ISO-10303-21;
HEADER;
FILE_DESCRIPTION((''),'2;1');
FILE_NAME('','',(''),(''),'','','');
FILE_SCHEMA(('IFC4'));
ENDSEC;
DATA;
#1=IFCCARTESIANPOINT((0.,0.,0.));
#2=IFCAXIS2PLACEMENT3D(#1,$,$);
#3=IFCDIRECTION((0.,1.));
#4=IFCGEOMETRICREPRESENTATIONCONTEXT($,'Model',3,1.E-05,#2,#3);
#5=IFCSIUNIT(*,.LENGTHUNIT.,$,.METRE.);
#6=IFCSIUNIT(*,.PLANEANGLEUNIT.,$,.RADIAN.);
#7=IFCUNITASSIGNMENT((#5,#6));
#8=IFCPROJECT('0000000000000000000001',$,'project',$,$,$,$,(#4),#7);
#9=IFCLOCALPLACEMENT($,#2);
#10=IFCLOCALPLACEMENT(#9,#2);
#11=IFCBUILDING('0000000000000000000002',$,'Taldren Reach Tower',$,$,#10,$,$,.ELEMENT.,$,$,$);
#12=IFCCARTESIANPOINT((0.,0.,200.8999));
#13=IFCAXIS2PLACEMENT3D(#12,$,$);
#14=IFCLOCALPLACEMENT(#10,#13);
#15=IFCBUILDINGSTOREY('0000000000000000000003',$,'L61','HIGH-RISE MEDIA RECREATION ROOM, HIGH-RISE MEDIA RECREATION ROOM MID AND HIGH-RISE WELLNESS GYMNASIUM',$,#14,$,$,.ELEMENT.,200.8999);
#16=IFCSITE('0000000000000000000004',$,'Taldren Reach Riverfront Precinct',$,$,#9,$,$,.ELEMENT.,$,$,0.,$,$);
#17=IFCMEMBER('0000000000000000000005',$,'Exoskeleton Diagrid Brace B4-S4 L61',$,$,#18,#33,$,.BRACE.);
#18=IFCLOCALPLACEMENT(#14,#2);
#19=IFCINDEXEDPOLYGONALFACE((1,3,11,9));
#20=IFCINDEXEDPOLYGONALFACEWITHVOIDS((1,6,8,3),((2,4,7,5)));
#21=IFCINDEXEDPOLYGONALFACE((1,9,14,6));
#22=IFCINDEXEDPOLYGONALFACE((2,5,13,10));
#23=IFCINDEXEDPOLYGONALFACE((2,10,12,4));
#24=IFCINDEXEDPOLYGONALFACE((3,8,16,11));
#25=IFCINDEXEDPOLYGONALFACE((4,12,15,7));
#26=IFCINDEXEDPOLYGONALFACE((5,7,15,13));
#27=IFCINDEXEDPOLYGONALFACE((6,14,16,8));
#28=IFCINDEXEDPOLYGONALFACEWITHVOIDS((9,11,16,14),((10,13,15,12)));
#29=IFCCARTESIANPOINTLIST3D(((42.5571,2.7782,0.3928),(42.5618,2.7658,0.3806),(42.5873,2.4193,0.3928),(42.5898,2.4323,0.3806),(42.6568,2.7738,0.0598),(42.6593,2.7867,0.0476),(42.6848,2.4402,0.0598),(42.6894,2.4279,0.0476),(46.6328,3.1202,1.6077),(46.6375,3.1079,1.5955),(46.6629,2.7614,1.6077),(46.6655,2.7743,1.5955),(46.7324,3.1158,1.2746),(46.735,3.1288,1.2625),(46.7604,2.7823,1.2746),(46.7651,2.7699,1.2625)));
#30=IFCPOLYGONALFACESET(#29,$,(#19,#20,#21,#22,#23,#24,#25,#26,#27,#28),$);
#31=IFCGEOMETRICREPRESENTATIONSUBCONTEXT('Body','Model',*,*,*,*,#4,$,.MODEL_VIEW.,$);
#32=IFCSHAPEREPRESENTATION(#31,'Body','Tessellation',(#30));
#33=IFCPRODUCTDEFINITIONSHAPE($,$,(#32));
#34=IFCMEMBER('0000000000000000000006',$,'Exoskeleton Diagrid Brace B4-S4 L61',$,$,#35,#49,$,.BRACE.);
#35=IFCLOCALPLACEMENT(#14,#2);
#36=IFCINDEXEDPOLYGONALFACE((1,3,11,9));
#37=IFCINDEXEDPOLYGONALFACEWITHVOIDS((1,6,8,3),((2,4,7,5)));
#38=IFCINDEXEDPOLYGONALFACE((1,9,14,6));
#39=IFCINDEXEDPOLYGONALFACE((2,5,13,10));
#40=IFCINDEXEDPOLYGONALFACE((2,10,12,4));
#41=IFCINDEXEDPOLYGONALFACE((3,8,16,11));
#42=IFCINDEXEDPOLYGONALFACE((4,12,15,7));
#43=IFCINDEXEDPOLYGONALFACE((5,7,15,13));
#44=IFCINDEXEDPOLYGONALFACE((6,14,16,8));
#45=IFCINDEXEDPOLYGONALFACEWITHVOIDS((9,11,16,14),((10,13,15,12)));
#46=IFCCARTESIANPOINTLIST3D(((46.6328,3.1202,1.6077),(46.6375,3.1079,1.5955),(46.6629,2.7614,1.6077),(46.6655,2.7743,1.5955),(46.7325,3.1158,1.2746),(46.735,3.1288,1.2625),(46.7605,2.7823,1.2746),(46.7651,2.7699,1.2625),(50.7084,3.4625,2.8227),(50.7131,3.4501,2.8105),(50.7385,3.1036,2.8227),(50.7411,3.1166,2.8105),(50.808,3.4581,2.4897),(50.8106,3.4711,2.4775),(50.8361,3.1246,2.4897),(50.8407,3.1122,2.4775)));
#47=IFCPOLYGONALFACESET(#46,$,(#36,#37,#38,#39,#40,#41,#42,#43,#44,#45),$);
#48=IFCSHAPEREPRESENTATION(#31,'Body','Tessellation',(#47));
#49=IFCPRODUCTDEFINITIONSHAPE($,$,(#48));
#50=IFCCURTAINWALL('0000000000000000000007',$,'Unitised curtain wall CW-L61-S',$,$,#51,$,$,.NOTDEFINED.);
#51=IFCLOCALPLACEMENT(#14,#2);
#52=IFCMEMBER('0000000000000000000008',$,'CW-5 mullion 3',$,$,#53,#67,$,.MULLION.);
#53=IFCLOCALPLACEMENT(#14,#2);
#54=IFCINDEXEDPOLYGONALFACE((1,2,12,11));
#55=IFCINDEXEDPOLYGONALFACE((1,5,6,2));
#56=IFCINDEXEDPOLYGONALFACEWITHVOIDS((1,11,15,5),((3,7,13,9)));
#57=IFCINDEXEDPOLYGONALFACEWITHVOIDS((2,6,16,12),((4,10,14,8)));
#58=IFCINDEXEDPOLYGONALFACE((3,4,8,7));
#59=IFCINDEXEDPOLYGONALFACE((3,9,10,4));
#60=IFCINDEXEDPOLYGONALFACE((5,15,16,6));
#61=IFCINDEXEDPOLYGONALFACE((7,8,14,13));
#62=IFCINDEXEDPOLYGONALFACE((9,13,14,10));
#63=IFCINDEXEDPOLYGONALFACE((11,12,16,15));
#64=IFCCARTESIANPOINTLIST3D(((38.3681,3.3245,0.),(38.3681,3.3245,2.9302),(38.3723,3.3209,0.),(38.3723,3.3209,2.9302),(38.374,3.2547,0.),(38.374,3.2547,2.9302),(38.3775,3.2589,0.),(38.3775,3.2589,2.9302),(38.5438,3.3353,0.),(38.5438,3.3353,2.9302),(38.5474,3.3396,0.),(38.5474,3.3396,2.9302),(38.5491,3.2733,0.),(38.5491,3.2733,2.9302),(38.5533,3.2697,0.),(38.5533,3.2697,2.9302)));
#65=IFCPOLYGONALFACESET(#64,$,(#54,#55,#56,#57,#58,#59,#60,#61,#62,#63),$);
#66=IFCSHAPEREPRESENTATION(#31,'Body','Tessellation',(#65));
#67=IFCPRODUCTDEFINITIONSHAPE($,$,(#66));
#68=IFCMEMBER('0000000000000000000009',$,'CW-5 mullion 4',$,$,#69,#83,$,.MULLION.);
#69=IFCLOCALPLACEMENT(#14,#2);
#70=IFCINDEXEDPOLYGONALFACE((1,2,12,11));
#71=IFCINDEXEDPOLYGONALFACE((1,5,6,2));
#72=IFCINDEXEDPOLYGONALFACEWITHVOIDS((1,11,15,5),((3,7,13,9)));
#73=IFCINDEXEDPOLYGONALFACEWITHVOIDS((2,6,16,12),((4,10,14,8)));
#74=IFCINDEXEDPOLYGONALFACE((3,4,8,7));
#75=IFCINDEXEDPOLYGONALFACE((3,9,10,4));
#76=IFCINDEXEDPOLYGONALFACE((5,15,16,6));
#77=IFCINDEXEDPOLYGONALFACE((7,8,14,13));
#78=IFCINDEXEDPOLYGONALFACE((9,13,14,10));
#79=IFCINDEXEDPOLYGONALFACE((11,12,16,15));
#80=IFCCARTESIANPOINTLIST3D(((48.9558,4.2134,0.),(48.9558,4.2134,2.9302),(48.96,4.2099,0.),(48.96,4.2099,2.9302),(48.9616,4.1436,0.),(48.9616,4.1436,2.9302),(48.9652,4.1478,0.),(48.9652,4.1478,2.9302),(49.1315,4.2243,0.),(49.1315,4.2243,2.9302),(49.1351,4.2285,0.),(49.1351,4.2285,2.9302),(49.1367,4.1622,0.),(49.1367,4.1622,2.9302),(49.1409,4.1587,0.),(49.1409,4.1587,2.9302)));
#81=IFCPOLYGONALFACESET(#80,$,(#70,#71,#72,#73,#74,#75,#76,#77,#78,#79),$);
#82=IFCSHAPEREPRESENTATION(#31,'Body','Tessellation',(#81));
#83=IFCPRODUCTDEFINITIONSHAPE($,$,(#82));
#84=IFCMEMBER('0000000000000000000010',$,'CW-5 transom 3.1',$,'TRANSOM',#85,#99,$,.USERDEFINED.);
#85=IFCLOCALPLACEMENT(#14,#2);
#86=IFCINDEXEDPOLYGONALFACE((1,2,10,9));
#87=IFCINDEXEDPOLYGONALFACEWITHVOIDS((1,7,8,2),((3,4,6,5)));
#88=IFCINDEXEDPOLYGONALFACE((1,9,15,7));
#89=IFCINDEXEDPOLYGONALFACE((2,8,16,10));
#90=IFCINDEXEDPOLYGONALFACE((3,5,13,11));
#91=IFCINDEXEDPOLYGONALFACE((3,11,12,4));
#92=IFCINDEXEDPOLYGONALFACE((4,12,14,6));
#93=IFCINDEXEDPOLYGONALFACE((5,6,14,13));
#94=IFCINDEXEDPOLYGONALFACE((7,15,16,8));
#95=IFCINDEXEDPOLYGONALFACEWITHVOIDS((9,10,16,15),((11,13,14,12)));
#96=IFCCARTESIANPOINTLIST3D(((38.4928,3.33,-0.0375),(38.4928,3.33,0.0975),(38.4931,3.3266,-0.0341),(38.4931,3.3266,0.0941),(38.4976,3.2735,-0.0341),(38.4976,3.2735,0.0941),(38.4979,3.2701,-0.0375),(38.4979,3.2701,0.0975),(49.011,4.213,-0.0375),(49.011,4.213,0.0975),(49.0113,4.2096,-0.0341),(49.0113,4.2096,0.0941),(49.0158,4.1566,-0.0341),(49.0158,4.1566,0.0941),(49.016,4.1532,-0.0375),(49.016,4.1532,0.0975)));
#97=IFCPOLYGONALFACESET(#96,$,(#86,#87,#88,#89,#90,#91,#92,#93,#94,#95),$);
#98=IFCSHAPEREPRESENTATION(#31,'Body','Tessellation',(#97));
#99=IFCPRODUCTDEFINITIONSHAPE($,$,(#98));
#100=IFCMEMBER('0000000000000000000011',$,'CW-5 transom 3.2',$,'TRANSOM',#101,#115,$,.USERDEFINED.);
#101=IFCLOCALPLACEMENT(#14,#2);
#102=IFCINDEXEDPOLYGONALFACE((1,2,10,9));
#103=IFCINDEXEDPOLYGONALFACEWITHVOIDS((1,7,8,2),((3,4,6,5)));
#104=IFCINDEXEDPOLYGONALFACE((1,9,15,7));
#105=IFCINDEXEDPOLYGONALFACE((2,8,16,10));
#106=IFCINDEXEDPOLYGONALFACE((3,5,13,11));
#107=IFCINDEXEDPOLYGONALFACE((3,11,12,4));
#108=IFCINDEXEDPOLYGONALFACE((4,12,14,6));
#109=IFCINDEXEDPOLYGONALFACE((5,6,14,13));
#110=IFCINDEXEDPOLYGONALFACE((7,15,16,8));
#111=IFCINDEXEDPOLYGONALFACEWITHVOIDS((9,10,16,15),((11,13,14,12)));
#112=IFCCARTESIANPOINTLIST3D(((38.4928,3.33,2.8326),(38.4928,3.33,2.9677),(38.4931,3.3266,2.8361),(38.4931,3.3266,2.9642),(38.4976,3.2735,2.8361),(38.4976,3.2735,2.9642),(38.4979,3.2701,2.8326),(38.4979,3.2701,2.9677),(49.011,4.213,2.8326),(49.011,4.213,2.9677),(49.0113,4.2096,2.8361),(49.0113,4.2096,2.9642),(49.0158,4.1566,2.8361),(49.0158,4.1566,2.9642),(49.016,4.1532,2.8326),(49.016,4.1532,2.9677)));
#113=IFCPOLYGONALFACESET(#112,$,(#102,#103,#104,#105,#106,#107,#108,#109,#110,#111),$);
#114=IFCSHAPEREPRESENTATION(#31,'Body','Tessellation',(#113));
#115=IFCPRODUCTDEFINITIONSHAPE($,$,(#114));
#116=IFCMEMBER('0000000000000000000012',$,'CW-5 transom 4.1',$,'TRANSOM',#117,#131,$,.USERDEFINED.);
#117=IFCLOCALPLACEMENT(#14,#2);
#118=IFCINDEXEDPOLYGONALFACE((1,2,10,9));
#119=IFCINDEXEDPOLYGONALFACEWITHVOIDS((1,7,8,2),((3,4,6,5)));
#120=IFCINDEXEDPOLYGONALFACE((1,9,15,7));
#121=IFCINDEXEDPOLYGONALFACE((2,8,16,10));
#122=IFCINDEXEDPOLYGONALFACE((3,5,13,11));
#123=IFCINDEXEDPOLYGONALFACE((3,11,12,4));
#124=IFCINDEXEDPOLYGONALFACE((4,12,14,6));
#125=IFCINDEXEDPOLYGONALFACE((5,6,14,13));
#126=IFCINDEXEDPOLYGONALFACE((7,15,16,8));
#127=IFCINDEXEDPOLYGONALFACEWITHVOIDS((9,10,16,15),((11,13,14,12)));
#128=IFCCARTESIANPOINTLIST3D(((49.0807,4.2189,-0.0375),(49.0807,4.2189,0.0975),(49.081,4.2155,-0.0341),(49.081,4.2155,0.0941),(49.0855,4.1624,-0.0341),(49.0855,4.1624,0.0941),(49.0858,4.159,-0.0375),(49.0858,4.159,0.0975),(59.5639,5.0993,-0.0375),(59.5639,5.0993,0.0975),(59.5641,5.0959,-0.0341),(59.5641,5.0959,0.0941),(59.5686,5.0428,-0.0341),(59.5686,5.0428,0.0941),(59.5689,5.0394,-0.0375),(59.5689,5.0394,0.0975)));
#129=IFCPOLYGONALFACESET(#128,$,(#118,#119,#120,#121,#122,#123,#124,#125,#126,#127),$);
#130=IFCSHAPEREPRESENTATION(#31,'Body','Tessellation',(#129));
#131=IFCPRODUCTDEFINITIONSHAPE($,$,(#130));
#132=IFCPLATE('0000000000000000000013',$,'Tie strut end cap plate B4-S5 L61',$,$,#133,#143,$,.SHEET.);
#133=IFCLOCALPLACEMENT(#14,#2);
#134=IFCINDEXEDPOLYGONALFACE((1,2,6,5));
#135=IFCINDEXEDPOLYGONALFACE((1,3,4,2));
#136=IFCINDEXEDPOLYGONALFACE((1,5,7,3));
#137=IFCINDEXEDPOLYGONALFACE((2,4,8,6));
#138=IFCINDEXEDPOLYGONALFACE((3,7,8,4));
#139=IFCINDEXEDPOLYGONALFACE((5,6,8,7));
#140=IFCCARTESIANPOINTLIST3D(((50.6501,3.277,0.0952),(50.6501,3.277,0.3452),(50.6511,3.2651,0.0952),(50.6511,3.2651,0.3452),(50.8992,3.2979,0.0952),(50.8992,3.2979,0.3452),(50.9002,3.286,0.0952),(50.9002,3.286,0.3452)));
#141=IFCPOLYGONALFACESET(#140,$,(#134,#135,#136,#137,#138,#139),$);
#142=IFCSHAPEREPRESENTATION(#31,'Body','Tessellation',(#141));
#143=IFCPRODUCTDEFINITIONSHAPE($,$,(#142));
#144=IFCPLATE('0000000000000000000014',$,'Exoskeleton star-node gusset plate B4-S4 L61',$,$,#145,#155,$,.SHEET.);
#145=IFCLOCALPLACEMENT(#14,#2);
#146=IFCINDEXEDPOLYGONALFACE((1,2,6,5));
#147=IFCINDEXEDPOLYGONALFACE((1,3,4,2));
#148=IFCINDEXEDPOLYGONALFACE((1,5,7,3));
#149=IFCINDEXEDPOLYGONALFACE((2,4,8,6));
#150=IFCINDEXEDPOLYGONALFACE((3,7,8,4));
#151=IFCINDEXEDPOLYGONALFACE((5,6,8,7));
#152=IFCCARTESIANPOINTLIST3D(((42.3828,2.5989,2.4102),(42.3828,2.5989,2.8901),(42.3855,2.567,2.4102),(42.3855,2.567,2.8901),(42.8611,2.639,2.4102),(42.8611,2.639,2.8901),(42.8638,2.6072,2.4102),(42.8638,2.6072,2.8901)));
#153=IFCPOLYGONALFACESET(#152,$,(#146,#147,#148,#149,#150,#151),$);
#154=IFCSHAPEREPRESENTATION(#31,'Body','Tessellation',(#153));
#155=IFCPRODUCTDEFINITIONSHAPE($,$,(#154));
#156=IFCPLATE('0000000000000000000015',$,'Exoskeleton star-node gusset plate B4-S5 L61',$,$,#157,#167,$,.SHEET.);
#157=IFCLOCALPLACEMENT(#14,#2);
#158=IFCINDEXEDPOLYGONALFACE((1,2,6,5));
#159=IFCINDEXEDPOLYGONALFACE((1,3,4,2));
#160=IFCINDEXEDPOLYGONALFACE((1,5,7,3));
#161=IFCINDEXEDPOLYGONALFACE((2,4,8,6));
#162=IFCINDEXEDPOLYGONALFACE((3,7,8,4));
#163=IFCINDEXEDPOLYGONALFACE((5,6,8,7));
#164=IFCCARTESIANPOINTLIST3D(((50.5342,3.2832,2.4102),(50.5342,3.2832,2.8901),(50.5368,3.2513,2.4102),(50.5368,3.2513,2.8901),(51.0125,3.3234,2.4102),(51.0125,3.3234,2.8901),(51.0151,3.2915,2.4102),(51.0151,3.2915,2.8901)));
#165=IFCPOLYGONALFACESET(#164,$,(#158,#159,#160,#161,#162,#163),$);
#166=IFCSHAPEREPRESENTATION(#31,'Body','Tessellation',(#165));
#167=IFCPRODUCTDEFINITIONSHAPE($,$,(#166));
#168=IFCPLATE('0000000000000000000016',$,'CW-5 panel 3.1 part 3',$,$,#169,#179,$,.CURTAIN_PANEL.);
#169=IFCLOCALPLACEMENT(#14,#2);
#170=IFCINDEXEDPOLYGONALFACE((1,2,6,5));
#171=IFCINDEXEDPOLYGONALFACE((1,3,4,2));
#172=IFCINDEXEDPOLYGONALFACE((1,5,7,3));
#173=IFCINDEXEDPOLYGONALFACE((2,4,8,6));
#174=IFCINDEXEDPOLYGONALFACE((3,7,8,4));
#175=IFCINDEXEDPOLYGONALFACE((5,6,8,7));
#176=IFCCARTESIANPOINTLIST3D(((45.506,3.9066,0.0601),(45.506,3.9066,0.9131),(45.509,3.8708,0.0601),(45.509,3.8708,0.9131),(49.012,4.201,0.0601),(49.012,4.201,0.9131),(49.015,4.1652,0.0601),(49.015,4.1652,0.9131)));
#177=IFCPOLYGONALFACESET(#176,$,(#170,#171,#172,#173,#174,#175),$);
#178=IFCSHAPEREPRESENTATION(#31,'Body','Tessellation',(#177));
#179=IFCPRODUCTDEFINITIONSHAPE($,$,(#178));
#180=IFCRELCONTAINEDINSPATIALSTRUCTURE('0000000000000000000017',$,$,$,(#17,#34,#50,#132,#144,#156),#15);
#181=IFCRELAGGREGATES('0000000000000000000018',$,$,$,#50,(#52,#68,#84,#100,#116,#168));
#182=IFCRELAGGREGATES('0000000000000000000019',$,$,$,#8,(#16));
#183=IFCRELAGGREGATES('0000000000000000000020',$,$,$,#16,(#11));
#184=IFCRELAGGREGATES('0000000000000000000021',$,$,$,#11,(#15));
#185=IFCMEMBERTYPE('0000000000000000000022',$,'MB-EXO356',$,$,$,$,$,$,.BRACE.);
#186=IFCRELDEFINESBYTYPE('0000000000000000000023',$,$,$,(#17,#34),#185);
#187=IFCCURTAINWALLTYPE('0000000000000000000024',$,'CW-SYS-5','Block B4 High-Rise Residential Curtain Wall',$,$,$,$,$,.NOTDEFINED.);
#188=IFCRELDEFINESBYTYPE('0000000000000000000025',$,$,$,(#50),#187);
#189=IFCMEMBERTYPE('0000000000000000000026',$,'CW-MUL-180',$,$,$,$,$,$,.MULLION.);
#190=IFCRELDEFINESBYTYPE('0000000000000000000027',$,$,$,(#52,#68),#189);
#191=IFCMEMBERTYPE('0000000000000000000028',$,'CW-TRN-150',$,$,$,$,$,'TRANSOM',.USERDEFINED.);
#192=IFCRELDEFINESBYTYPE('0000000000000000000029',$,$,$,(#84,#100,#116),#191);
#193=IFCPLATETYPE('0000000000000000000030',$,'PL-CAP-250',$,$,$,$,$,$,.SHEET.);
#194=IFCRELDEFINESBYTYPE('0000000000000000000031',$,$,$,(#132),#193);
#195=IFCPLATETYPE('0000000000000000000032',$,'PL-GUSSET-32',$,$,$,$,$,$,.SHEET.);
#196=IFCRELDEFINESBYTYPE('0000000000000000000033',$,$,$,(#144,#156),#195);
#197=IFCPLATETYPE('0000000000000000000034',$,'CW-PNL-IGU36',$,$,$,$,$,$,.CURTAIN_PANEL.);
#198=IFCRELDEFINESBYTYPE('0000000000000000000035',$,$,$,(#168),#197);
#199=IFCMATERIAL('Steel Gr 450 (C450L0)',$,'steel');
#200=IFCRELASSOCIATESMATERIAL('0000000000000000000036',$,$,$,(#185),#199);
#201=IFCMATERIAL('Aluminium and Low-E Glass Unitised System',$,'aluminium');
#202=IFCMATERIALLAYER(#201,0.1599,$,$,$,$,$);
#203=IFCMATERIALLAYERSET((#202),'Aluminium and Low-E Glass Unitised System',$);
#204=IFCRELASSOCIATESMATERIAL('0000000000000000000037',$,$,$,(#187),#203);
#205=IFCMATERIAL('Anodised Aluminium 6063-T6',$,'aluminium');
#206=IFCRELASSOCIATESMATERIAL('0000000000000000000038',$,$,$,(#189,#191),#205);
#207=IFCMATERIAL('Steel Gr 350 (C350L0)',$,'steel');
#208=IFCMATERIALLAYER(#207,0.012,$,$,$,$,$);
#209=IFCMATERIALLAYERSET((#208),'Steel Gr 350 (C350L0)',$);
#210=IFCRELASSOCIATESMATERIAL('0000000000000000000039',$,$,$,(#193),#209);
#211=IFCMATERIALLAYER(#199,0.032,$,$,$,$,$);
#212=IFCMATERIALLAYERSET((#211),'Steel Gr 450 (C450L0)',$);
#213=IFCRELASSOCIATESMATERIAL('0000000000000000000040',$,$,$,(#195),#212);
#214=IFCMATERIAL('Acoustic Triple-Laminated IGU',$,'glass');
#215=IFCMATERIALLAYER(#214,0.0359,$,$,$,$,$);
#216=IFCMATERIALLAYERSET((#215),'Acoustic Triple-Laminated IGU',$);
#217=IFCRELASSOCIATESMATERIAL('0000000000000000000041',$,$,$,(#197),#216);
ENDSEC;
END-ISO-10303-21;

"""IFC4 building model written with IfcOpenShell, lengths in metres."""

from ifc_helpers import new_model, si_unit, direction, frame, origin, origin_2d, place, context, subcontext, project, spatial, rectangle, hollow_rectangle, extrude, source, transform, mapped, material, layer, layer_set, material_profile, profile_set, type_object, element, aggregate, save


model = new_model("IFC4")

# Units and contexts
model_context = context("Model", 3, precision=1e-05, world=origin(), true_north=direction((0.0, 1.0)))
body_context = subcontext(model_context, "Body", "Model", "MODEL_VIEW")
ifc_project = project(units=[si_unit("LENGTHUNIT", "METRE"), si_unit("PLANEANGLEUNIT", "RADIAN")], contexts=[model_context])

# Site, building, storey
site_placement = place(None, origin())
site = spatial("IfcSite", under=ifc_project, at=site_placement, Name="Taldren Reach Riverfront Precinct", CompositionType="ELEMENT", RefElevation=0.0)
building_placement = place(site_placement, origin())
building = spatial("IfcBuilding", under=site, at=building_placement, Name="Taldren Reach Tower", CompositionType="ELEMENT")
storey_placement = place(building_placement, frame((0.0, 0.0, 200.8999)))
storey = spatial("IfcBuildingStorey", under=building, at=storey_placement, Name="L61", Description="HIGH-RISE MEDIA RECREATION ROOM, HIGH-RISE MEDIA RECREATION ROOM MID AND HIGH-RISE WELLNESS GYMNASIUM", CompositionType="ELEMENT", Elevation=200.8999)

# Shared definitions
ifc_material_1 = material(Name="Steel Gr 350 (C350L0)", Category="steel")

# Members
ifc_material_2 = material(Name="Steel Gr 450 (C450L0)", Category="steel")
ifc_material_profile_1 = material_profile(ifc_material_2, hollow_rectangle(XDim=0.3601, YDim=0.3601, WallThickness=0.0127, at=origin_2d()), Name="360x360x12.7SHS")
ifc_profile_set_1 = profile_set([ifc_material_profile_1], Name="Steel Gr 450 (C450L0)")
member_type_1 = type_object("IfcMemberType", Name="MB-EXO356", PredefinedType="BRACE", material=ifc_profile_set_1)
shared_shape_1 = source(origin(), body_context, "Body", "SweptSolid", [
    extrude(hollow_rectangle(XDim=0.3601, YDim=0.3601, WallThickness=0.0127, at=origin_2d()), origin(), (0.0, 0.0, 1.0), 4.2666),
])
for number, where, z_axis, x_axis, name in (
    (1, (42.6233, 2.603, 0.2202), (0.955249, 0.080167, 0.284732), (-0.083628, 0.996497, 0.0), "Exoskeleton Diagrid Brace B4-S4 L61"),
    (2, (46.699, 2.9451, 1.4351), (0.955229, 0.080222, 0.284783), (-0.083688, 0.996492, 0.0), "Exoskeleton Diagrid Brace B4-S4 L61"),
):
    element("IfcMember", number, at=place(storey_placement, frame(where, z_axis=z_axis, x_axis=x_axis)), inside=storey, type_object=member_type_1, Name=name, PredefinedType="BRACE", context=body_context, shape_type="MappedRepresentation", body=[
        mapped(shared_shape_1, transform((0.0, 0.0, 0.0), scale=1.0)),
    ])

# Curtain wall, members
ifc_material_3 = material(Name="Aluminium and Low-E Glass Unitised System", Category="aluminium")
ifc_layer_1 = layer(ifc_material_3, 0.1599)
ifc_layer_set_1 = layer_set([ifc_layer_1], Name="Aluminium and Low-E Glass Unitised System")
curtain_wall_type = type_object("IfcCurtainWallType", Name="CW-SYS-5", Description="Block B4 High-Rise Residential Curtain Wall", PredefinedType="NOTDEFINED", material=ifc_layer_set_1)
curtain_wall_placement = place(storey_placement, origin())
curtain_wall = element("IfcCurtainWall", 3, at=curtain_wall_placement, inside=storey, type_object=curtain_wall_type, Name="Unitised curtain wall CW-L61-S", PredefinedType="NOTDEFINED")
ifc_material_4 = material(Name="Anodised Aluminium 6063-T6", Category="aluminium")
ifc_material_profile_2 = material_profile(ifc_material_4, hollow_rectangle(XDim=0.0701, YDim=0.1799, WallThickness=0.0039, at=origin_2d()), Name="ALU-180x70x4RHS")
ifc_profile_set_2 = profile_set([ifc_material_profile_2], Name="Anodised Aluminium 6063-T6")
member_type_2 = type_object("IfcMemberType", Name="CW-MUL-180", PredefinedType="MULLION", material=ifc_profile_set_2)
shared_shape_2 = source(origin(), body_context, "Body", "SweptSolid", [
    extrude(hollow_rectangle(XDim=0.0701, YDim=0.1799, WallThickness=0.0039, at=origin_2d()), origin(), (0.0, 0.0, 1.0), 2.9302),
])
member_1_placement = place(storey_placement, frame((38.4607, 3.2971, 0.0), z_axis=(0.0, 0.0, 1.0), x_axis=(-0.083678, 0.996493, 0.0)))
member_1 = element("IfcMember", 4, at=member_1_placement, type_object=member_type_2, Name="CW-5 mullion 3", PredefinedType="MULLION", context=body_context, shape_type="MappedRepresentation", body=[
    mapped(shared_shape_2, transform((0.0, 0.0, 0.0), scale=1.0)),
])
member_2_placement = place(storey_placement, frame((49.0483, 4.186, 0.0), z_axis=(0.0, 0.0, 1.0), x_axis=(-0.083678, 0.996493, 0.0)))
member_2 = element("IfcMember", 5, at=member_2_placement, type_object=member_type_2, Name="CW-5 mullion 4", PredefinedType="MULLION", context=body_context, shape_type="MappedRepresentation", body=[
    mapped(shared_shape_2, transform((0.0, 0.0, 0.0), scale=1.0)),
])
ifc_material_profile_3 = material_profile(ifc_material_4, hollow_rectangle(XDim=0.0601, YDim=0.135, WallThickness=0.0034, at=origin_2d()), Name="ALU-135x60x3.5RHS")
ifc_profile_set_3 = profile_set([ifc_material_profile_3], Name="Anodised Aluminium 6063-T6")
member_type_3 = type_object("IfcMemberType", Name="CW-TRN-150", ElementType="TRANSOM", PredefinedType="USERDEFINED", material=ifc_profile_set_3)
shared_shape_3 = source(origin(), body_context, "Body", "SweptSolid", [
    extrude(hollow_rectangle(XDim=0.0601, YDim=0.135, WallThickness=0.0034, at=origin_2d()), origin(), (0.0, 0.0, 1.0), 10.5552),
])
member_3_placement = place(storey_placement, frame((38.4954, 3.3, 0.03), z_axis=(0.996494, 0.083662, 0.0), x_axis=(-0.083662, 0.996494, 0.0)))
member_3 = element("IfcMember", 6, at=member_3_placement, type_object=member_type_3, Name="CW-5 transom 3.1", ObjectType="TRANSOM", PredefinedType="USERDEFINED", context=body_context, shape_type="MappedRepresentation", body=[
    mapped(shared_shape_3, transform((0.0, 0.0, 0.0), scale=1.0)),
])
member_4_placement = place(storey_placement, frame((38.4954, 3.3, 2.9001), z_axis=(0.996494, 0.083662, 0.0), x_axis=(-0.083662, 0.996494, 0.0)))
member_4 = element("IfcMember", 7, at=member_4_placement, type_object=member_type_3, Name="CW-5 transom 3.2", ObjectType="TRANSOM", PredefinedType="USERDEFINED", context=body_context, shape_type="MappedRepresentation", body=[
    mapped(shared_shape_3, transform((0.0, 0.0, 0.0), scale=1.0)),
])
shared_shape_4 = source(origin(), body_context, "Body", "SweptSolid", [
    extrude(hollow_rectangle(XDim=0.0601, YDim=0.135, WallThickness=0.0034, at=origin_2d()), origin(), (0.0, 0.0, 1.0), 10.52),
])
member_5_placement = place(storey_placement, frame((49.0833, 4.189, 0.03), z_axis=(0.996492, 0.083685, 0.0), x_axis=(-0.083685, 0.996492, 0.0)))
member_5 = element("IfcMember", 8, at=member_5_placement, type_object=member_type_3, Name="CW-5 transom 4.1", ObjectType="TRANSOM", PredefinedType="USERDEFINED", context=body_context, shape_type="MappedRepresentation", body=[
    mapped(shared_shape_4, transform((0.0, 0.0, 0.0), scale=1.0)),
])

# Plates
ifc_layer_2 = layer(ifc_material_1, 0.012)
ifc_layer_set_2 = layer_set([ifc_layer_2], Name="Steel Gr 350 (C350L0)")
plate_type_1 = type_object("IfcPlateType", Name="PL-CAP-250", PredefinedType="SHEET", material=ifc_layer_set_2)
shared_shape_5 = source(origin(), body_context, "Body", "SweptSolid", [
    extrude(rectangle(XDim=0.25, YDim=0.012, at=origin_2d()), origin(), (0.0, 0.0, 1.0), 0.25),
])
plate_1_placement = place(storey_placement, frame((50.7751, 3.2815, 0.0952), z_axis=(0.0, 0.0, 1.0), x_axis=(0.996493, 0.083678, 0.0)))
element("IfcPlate", 9, at=plate_1_placement, inside=storey, type_object=plate_type_1, Name="Tie strut end cap plate B4-S5 L61", PredefinedType="SHEET", context=body_context, shape_type="MappedRepresentation", body=[
    mapped(shared_shape_5, transform((0.0, 0.0, 0.0), scale=1.0)),
])
ifc_layer_3 = layer(ifc_material_2, 0.032)
ifc_layer_set_3 = layer_set([ifc_layer_3], Name="Steel Gr 450 (C450L0)")
plate_type_2 = type_object("IfcPlateType", Name="PL-GUSSET-32", PredefinedType="SHEET", material=ifc_layer_set_3)
shared_shape_6 = source(origin(), body_context, "Body", "SweptSolid", [
    extrude(rectangle(XDim=0.48, YDim=0.032, at=origin_2d()), origin(), (0.0, 0.0, 1.0), 0.48),
])
for number, where, z_axis, x_axis, name in (
    (10, (42.6233, 2.603, 2.4102), (0.0, 0.0, 1.0), (0.996493, 0.083678, 0.0), "Exoskeleton star-node gusset plate B4-S4 L61"),
    (11, (50.7747, 3.2874, 2.4102), (0.0, 0.0, 1.0), (0.996493, 0.083678, 0.0), "Exoskeleton star-node gusset plate B4-S5 L61"),
):
    element("IfcPlate", number, at=place(storey_placement, frame(where, z_axis=z_axis, x_axis=x_axis)), inside=storey, type_object=plate_type_2, Name=name, PredefinedType="SHEET", context=body_context, shape_type="MappedRepresentation", body=[
        mapped(shared_shape_6, transform((0.0, 0.0, 0.0), scale=1.0)),
    ])

# Plate
ifc_material_5 = material(Name="Acoustic Triple-Laminated IGU", Category="glass")
ifc_layer_4 = layer(ifc_material_5, 0.0359)
ifc_layer_set_4 = layer_set([ifc_layer_4], Name="Acoustic Triple-Laminated IGU")
plate_type_3 = type_object("IfcPlateType", Name="CW-PNL-IGU36", PredefinedType="CURTAIN_PANEL", material=ifc_layer_set_4)
shared_shape_7 = source(origin(), body_context, "Body", "SweptSolid", [
    extrude(rectangle(XDim=3.5183, YDim=0.0359, at=origin_2d()), origin(), (0.0, 0.0, 1.0), 0.853),
])
plate_2_placement = place(storey_placement, frame((47.2605, 4.0359, 0.0601), z_axis=(0.0, 0.0, 1.0), x_axis=(0.996493, 0.083678, 0.0)))
plate_2 = element("IfcPlate", 12, at=plate_2_placement, type_object=plate_type_3, Name="CW-5 panel 3.1 part 3", PredefinedType="CURTAIN_PANEL", context=body_context, shape_type="MappedRepresentation", body=[
    mapped(shared_shape_7, transform((0.0, 0.0, 0.0), scale=1.0)),
])
aggregate(curtain_wall, [member_1, member_2, member_3, member_4, member_5, plate_2])

save(model, "model.ifc")
